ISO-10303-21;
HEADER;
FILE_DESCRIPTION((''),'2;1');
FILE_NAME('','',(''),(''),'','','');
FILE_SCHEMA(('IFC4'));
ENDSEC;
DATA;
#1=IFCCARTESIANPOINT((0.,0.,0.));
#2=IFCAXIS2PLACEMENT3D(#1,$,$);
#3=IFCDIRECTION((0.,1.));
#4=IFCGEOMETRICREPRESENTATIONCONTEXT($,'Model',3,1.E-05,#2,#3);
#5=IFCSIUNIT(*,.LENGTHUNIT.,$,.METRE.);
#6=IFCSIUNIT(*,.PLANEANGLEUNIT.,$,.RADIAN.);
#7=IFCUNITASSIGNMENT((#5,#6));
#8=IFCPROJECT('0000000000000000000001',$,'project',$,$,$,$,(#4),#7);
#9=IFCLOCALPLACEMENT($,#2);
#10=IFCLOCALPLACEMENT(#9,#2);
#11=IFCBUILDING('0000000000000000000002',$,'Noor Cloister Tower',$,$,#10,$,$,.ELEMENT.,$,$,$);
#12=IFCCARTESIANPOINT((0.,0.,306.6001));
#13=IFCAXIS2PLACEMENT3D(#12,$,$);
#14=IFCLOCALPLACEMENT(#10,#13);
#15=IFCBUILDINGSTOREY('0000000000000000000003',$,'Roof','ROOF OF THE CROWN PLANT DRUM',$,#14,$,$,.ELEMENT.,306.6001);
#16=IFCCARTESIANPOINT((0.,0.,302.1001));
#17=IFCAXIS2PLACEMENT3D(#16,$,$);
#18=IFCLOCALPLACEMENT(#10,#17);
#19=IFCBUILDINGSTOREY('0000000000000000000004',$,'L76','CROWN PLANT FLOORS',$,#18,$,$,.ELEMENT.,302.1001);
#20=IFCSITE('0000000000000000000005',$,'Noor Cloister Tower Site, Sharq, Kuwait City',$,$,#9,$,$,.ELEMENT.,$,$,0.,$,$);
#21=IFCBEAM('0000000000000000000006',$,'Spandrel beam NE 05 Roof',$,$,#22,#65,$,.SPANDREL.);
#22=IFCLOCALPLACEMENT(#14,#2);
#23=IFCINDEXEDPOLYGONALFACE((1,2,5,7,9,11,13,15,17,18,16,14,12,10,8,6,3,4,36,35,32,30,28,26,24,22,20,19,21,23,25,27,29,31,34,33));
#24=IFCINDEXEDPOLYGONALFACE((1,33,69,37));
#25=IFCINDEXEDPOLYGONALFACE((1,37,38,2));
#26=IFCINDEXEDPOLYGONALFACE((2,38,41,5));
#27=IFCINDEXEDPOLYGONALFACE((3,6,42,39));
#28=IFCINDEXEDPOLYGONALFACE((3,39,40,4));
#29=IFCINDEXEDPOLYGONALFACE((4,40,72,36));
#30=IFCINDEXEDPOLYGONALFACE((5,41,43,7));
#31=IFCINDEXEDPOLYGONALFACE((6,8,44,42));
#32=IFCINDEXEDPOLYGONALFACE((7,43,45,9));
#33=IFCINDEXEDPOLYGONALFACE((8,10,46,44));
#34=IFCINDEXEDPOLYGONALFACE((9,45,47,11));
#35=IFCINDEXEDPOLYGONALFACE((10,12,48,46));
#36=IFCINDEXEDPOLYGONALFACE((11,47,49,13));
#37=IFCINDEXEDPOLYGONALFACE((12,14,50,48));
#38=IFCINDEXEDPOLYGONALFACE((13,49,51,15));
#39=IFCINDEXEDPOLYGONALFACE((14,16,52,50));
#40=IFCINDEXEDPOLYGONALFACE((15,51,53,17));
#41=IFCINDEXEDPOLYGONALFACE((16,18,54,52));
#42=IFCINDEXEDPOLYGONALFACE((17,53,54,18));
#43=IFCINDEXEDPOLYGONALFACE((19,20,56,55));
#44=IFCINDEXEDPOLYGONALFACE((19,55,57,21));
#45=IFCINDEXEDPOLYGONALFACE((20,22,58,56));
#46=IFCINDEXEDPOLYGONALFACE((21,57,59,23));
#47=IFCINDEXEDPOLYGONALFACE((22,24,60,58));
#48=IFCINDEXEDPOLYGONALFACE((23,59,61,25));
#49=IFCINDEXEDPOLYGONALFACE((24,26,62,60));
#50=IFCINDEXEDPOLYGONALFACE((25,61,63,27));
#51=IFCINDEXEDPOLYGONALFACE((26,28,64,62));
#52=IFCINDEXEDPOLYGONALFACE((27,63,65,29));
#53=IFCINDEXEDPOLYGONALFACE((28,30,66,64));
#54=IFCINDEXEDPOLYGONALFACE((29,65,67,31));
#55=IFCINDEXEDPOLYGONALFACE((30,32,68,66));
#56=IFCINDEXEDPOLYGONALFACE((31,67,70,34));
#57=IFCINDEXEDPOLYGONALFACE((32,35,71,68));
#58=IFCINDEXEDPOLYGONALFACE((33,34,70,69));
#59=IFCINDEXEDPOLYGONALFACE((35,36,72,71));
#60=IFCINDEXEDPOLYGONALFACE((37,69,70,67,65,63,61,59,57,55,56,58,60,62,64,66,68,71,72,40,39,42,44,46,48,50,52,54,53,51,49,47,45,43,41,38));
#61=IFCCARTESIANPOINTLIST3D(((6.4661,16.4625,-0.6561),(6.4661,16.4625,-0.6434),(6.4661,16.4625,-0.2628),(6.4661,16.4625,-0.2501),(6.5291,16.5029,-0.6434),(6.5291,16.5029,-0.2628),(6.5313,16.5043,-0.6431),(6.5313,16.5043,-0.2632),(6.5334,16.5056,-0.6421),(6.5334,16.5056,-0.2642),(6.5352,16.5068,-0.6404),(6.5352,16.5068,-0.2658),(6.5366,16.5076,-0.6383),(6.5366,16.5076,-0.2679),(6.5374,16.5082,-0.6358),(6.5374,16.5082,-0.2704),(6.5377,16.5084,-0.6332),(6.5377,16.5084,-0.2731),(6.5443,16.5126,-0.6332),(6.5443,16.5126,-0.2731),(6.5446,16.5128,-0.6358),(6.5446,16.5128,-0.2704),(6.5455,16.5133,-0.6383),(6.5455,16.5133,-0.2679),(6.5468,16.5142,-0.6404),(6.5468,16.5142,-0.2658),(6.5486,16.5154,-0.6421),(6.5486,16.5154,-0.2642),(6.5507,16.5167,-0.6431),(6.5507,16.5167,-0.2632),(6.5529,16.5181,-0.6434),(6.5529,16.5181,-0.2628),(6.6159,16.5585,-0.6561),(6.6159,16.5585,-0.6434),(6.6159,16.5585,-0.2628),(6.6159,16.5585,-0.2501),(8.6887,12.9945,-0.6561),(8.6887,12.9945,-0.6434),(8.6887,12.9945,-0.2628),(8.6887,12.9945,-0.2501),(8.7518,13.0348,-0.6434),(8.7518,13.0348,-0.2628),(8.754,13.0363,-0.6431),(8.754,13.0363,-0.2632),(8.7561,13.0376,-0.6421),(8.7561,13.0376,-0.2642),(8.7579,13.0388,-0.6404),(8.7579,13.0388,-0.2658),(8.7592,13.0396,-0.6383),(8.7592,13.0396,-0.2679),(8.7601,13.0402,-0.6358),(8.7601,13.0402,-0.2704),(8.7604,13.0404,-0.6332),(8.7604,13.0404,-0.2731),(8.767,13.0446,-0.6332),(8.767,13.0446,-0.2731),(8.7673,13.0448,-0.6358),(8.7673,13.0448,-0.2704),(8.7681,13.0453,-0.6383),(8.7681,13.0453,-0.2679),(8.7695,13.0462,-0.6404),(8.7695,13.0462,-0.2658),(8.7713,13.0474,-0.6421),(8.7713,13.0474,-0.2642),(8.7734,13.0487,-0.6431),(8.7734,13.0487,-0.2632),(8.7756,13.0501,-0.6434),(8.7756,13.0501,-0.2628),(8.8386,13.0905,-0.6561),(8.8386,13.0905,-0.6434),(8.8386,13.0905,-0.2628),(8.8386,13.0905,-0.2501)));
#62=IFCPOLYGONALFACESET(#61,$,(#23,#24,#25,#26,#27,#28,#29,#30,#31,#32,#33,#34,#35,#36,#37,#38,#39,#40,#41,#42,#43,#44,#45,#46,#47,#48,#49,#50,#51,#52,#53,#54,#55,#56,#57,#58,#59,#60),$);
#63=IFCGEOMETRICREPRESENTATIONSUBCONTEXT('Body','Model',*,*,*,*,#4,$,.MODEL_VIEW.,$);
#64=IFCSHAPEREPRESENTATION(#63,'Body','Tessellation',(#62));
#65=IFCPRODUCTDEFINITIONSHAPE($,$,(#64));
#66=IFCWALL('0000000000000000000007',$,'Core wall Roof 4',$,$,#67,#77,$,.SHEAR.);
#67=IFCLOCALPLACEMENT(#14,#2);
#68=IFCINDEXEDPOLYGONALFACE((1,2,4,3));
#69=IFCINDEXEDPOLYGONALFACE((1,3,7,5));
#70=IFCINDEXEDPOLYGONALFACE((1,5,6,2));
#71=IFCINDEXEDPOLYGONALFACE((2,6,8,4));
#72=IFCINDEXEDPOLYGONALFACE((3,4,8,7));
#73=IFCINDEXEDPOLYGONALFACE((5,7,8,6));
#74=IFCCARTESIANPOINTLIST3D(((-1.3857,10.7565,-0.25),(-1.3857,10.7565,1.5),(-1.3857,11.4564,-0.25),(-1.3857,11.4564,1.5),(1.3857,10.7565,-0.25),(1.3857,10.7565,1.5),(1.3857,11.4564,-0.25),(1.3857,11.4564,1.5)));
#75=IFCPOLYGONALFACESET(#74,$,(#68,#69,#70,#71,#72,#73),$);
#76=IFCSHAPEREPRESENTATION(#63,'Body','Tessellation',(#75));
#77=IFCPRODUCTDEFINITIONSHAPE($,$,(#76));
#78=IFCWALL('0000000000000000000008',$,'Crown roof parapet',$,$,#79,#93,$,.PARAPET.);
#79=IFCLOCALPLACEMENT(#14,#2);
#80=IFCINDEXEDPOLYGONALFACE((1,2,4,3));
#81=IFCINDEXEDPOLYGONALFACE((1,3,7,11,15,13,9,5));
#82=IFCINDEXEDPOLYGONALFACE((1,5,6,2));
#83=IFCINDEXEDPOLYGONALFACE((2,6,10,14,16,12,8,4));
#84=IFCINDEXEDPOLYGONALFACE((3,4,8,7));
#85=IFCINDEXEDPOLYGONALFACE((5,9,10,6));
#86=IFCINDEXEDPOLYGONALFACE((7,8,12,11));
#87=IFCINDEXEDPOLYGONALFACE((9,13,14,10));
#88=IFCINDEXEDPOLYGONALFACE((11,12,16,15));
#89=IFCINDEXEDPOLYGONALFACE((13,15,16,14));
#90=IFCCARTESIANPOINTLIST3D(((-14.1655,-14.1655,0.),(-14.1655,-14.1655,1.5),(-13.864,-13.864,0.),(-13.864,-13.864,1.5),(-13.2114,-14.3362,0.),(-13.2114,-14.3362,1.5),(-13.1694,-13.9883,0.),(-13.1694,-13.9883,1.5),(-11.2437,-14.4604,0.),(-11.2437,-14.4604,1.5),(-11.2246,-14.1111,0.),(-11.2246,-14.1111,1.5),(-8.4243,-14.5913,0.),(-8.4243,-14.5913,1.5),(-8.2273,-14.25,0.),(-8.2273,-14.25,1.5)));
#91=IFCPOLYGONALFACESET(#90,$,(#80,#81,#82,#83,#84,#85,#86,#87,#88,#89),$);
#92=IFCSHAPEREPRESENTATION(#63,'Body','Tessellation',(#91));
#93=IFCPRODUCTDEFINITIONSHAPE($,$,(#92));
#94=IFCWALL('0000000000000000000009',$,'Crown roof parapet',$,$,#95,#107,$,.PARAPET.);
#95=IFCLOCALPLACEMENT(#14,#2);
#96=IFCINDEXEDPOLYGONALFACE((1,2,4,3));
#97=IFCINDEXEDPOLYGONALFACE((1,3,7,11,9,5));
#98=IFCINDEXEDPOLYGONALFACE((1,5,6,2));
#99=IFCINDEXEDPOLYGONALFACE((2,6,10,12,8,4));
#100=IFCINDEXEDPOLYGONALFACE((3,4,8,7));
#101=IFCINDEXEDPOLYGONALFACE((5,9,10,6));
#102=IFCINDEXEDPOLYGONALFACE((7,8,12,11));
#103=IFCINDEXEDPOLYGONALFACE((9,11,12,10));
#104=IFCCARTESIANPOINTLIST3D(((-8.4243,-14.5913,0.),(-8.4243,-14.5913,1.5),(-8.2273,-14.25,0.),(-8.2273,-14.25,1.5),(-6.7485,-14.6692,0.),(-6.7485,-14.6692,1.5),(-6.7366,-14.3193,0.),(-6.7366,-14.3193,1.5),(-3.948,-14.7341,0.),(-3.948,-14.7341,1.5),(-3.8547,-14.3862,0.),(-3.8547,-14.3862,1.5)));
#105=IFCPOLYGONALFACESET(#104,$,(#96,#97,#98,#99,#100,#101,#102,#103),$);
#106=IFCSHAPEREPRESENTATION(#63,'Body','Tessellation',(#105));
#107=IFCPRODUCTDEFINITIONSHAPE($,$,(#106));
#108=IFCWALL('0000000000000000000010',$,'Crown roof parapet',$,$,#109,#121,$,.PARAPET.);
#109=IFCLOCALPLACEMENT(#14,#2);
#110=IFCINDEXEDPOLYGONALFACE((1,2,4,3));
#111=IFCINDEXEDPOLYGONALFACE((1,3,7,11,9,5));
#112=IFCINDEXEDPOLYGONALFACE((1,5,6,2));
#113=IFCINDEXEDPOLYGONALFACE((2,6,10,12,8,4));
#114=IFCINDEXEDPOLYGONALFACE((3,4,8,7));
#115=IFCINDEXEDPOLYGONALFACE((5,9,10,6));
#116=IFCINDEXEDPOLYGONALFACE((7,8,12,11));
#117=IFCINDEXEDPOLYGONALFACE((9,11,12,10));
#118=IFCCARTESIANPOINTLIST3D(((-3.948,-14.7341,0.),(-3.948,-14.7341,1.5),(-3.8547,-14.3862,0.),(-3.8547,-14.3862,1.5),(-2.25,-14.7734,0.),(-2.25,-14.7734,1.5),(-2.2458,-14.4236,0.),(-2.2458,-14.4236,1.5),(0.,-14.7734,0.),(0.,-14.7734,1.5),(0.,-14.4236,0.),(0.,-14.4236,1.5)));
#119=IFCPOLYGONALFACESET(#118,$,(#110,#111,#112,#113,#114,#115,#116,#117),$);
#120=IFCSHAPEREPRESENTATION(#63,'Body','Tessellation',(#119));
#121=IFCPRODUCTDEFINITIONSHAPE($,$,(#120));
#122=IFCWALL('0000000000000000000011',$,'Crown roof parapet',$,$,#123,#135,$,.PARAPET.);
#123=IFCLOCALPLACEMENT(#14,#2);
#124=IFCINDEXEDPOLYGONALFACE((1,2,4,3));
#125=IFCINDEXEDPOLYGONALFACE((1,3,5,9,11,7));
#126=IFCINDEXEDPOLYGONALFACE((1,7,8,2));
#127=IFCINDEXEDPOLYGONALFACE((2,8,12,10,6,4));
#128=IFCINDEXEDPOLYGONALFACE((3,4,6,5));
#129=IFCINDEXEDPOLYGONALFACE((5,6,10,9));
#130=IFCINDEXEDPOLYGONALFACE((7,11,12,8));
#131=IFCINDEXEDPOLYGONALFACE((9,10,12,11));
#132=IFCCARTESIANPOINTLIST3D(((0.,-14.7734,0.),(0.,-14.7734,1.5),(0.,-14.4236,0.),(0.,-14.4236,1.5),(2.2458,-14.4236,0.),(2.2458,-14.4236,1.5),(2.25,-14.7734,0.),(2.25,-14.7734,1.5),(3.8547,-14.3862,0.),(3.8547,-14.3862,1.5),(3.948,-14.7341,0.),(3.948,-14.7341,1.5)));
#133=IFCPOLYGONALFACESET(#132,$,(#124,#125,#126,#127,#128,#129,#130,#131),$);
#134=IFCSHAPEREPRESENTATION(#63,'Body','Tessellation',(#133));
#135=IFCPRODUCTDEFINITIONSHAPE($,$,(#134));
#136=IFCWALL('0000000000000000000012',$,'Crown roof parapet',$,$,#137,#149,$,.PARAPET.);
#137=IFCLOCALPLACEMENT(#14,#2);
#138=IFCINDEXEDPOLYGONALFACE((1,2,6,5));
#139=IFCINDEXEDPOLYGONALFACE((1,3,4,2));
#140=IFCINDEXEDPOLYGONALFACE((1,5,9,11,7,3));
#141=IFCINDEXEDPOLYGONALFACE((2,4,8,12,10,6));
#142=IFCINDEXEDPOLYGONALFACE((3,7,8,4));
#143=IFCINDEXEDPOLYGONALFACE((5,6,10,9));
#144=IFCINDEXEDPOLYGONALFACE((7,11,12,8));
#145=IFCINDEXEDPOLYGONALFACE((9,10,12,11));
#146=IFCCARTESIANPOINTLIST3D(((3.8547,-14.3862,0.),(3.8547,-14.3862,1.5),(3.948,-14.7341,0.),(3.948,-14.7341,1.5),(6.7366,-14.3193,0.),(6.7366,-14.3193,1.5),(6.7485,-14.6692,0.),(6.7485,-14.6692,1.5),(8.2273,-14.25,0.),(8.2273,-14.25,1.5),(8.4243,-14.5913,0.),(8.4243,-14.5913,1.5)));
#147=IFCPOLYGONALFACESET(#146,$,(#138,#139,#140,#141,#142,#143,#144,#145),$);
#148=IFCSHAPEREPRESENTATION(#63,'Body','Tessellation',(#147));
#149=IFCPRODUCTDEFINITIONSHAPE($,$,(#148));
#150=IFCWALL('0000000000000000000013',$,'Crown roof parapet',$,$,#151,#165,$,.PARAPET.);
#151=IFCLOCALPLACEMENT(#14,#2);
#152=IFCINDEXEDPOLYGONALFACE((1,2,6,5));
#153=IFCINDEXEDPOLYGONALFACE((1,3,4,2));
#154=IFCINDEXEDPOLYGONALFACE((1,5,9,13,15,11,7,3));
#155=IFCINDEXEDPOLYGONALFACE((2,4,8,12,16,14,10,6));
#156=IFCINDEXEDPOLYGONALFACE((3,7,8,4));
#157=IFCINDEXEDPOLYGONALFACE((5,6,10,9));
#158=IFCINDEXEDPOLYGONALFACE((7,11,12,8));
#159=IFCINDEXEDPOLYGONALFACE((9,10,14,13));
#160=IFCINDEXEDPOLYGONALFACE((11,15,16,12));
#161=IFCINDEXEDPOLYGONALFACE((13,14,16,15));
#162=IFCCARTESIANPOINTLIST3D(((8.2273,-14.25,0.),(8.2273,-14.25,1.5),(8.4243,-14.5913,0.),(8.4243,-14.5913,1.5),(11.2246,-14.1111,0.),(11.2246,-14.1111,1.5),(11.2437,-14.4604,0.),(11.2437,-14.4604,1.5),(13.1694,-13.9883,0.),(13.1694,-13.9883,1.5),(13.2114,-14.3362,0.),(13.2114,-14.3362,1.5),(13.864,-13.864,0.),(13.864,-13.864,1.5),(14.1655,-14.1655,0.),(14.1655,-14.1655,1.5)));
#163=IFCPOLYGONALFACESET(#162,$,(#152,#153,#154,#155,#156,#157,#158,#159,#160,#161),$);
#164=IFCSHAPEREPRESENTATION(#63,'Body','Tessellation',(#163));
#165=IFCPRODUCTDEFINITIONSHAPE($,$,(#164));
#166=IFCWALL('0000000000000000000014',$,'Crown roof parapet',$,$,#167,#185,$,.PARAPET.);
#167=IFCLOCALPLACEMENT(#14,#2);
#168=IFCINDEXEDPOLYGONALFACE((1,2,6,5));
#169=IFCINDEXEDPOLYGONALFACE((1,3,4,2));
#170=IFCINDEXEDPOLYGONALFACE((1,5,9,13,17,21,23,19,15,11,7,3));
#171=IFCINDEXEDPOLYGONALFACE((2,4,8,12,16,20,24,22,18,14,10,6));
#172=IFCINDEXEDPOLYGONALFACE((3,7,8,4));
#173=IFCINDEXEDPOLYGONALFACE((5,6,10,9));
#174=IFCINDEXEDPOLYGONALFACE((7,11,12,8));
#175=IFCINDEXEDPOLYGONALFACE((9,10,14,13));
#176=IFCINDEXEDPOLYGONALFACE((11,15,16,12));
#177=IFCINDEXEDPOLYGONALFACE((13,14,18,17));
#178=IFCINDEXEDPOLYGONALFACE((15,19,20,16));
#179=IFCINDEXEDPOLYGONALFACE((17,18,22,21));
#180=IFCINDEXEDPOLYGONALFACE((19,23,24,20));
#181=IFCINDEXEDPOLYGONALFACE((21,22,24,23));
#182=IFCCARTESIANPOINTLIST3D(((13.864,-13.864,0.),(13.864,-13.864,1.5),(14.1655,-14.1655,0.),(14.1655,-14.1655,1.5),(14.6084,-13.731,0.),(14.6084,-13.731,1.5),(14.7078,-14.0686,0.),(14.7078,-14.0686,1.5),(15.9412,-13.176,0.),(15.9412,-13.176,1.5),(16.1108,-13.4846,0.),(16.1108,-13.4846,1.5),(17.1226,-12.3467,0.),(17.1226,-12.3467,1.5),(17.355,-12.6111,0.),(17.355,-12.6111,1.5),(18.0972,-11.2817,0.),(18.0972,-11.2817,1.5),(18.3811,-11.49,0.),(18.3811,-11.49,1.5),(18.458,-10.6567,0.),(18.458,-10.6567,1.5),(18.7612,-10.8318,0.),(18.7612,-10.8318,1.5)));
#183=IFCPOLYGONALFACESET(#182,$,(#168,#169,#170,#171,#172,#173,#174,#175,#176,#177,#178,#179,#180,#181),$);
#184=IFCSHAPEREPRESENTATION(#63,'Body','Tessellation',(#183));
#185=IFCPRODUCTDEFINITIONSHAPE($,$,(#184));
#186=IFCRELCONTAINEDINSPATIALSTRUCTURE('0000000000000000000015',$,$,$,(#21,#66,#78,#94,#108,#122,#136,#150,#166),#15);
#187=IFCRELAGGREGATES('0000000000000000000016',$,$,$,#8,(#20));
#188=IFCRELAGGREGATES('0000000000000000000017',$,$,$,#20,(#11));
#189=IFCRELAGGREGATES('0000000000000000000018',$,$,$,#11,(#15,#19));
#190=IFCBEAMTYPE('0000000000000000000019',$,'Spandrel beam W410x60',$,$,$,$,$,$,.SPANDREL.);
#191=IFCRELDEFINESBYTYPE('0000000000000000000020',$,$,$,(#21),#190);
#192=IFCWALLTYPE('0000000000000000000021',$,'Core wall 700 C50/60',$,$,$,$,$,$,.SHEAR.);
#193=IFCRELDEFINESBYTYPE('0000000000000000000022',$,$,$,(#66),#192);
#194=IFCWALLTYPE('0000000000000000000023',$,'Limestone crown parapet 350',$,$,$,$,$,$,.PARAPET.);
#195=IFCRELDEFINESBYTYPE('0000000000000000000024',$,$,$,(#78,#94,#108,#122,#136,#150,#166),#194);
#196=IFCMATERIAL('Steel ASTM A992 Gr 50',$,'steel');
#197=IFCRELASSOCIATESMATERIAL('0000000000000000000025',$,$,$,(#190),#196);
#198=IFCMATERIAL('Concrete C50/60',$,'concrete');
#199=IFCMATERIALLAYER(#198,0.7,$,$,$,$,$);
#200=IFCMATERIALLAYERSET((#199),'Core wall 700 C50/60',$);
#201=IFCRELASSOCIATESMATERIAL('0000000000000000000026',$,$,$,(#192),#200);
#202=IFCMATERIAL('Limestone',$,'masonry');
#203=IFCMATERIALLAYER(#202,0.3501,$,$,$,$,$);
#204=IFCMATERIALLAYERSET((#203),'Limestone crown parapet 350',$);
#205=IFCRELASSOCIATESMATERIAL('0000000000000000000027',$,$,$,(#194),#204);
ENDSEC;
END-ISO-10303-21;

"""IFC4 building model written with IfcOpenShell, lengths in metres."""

from ifc_helpers import new_model, si_unit, direction, frame, frame_2d, origin, origin_2d, place, context, subcontext, project, spatial, polyline, rectangle, i_section, outline, extrude, material, layer, layer_set, material_profile, profile_set, type_object, element, save


model = new_model("IFC4")

# Units and contexts
model_context = context("Model", 3, precision=1e-05, world=origin(), true_north=direction((0.0, 1.0)))
body_context = subcontext(model_context, "Body", "Model", "MODEL_VIEW")
ifc_project = project(units=[si_unit("LENGTHUNIT", "METRE"), si_unit("PLANEANGLEUNIT", "RADIAN")], contexts=[model_context])

# Site, building, storey
site_placement = place(None, origin())
site = spatial("IfcSite", under=ifc_project, at=site_placement, Name="Noor Cloister Tower Site, Sharq, Kuwait City", CompositionType="ELEMENT", RefElevation=0.0)
building_placement = place(site_placement, origin())
building = spatial("IfcBuilding", under=site, at=building_placement, Name="Noor Cloister Tower", CompositionType="ELEMENT")
storey_1_placement = place(building_placement, frame((0.0, 0.0, 306.6001)))
storey_1 = spatial("IfcBuildingStorey", under=building, at=storey_1_placement, Name="Roof", Description="ROOF OF THE CROWN PLANT DRUM", CompositionType="ELEMENT", Elevation=306.6001)

# Beam
ifc_material_1 = material(Name="Steel ASTM A992 Gr 50", Category="steel")
ifc_material_profile_1 = material_profile(ifc_material_1, i_section(OverallWidth=0.178, OverallDepth=0.406, WebThickness=0.0078, FlangeThickness=0.0127, FilletRadius=0.0103, at=origin_2d()), Name="W410x60")
ifc_profile_set_1 = profile_set([ifc_material_profile_1], Name="Steel ASTM A992 Gr 50")
beam_type_1 = type_object("IfcBeamType", Name="Spandrel beam W410x60", PredefinedType="SPANDREL", material=ifc_profile_set_1)
for number, where, z_axis, x_axis, name in (
    (1, (8.7637, 13.0425, -0.4531), (-0.539592, 0.841927, 0.0), (-0.841927, -0.539592, 0.0), "Spandrel beam NE 05 Roof"),
):
    element("IfcBeam", number, at=place(storey_1_placement, frame(where, z_axis=z_axis, x_axis=x_axis)), inside=storey_1, type_object=beam_type_1, Name=name, PredefinedType="SPANDREL", context=body_context, shape_type="SweptSolid", body=[
        extrude(i_section(OverallWidth=0.178, OverallDepth=0.406, WebThickness=0.0078, FlangeThickness=0.0127, FilletRadius=0.0103, at=origin_2d()), origin(), (0.0, 0.0, 1.0), 4.1191),
    ])

# Walls
ifc_material_2 = material(Name="Concrete C50/60", Category="concrete")
ifc_layer_1 = layer(ifc_material_2, 0.7)
ifc_layer_set_1 = layer_set([ifc_layer_1], Name="Core wall 700 C50/60")
wall_type_1 = type_object("IfcWallType", Name="Core wall 700 C50/60", PredefinedType="SHEAR", material=ifc_layer_set_1)
wall_1_placement = place(storey_1_placement, frame((1.3857, 11.1064, -0.25), z_axis=(0.0, 0.0, 1.0), x_axis=(-1.0, 0.0, 0.0)))
element("IfcWall", 2, at=wall_1_placement, inside=storey_1, type_object=wall_type_1, Name="Core wall Roof 4", PredefinedType="SHEAR", context=body_context, shape_type="SweptSolid", body=[
    extrude(rectangle(XDim=2.7715, YDim=0.7, at=frame_2d((1.3857, 0.0))), origin(), (0.0, 0.0, 1.0), 1.75),
])
ifc_material_3 = material(Name="Limestone", Category="masonry")
ifc_layer_2 = layer(ifc_material_3, 0.3501)
ifc_layer_set_2 = layer_set([ifc_layer_2], Name="Limestone crown parapet 350")
wall_type_2 = type_object("IfcWallType", Name="Limestone crown parapet 350", PredefinedType="PARAPET", material=ifc_layer_set_2)
wall_2_placement = place(storey_1_placement, origin())
element("IfcWall", 3, at=wall_2_placement, inside=storey_1, type_object=wall_type_2, Name="Crown roof parapet", PredefinedType="PARAPET", context=body_context, shape_type="SweptSolid", body=[
    extrude(outline(polyline([(-8.4243, -14.5913), (-8.2273, -14.25), (-11.2246, -14.1111), (-13.1694, -13.9883), (-13.864, -13.864), (-14.1655, -14.1655), (-13.2114, -14.3362), (-11.2437, -14.4604), (-8.4243, -14.5913)])), origin(), (0.0, 0.0, 1.0), 1.5),
])
wall_3_placement = place(storey_1_placement, origin())
element("IfcWall", 4, at=wall_3_placement, inside=storey_1, type_object=wall_type_2, Name="Crown roof parapet", PredefinedType="PARAPET", context=body_context, shape_type="SweptSolid", body=[
    extrude(outline(polyline([(-3.948, -14.7341), (-3.8547, -14.3862), (-6.7366, -14.3193), (-8.2273, -14.25), (-8.4243, -14.5913), (-6.7485, -14.6692), (-3.948, -14.7341)])), origin(), (0.0, 0.0, 1.0), 1.5),
])
wall_4_placement = place(storey_1_placement, origin())
element("IfcWall", 5, at=wall_4_placement, inside=storey_1, type_object=wall_type_2, Name="Crown roof parapet", PredefinedType="PARAPET", context=body_context, shape_type="SweptSolid", body=[
    extrude(outline(polyline([(0.0, -14.7734), (0.0, -14.4236), (-2.2458, -14.4236), (-3.8547, -14.3862), (-3.948, -14.7341), (-2.25, -14.7734), (0.0, -14.7734)])), origin(), (0.0, 0.0, 1.0), 1.5),
])
wall_5_placement = place(storey_1_placement, origin())
element("IfcWall", 6, at=wall_5_placement, inside=storey_1, type_object=wall_type_2, Name="Crown roof parapet", PredefinedType="PARAPET", context=body_context, shape_type="SweptSolid", body=[
    extrude(outline(polyline([(3.948, -14.7341), (3.8547, -14.3862), (2.2458, -14.4236), (0.0, -14.4236), (0.0, -14.7734), (2.25, -14.7734), (3.948, -14.7341)])), origin(), (0.0, 0.0, 1.0), 1.5),
])
wall_6_placement = place(storey_1_placement, origin())
element("IfcWall", 7, at=wall_6_placement, inside=storey_1, type_object=wall_type_2, Name="Crown roof parapet", PredefinedType="PARAPET", context=body_context, shape_type="SweptSolid", body=[
    extrude(outline(polyline([(8.4243, -14.5913), (8.2273, -14.25), (6.7366, -14.3193), (3.8547, -14.3862), (3.948, -14.7341), (6.7485, -14.6692), (8.4243, -14.5913)])), origin(), (0.0, 0.0, 1.0), 1.5),
])
wall_7_placement = place(storey_1_placement, origin())
element("IfcWall", 8, at=wall_7_placement, inside=storey_1, type_object=wall_type_2, Name="Crown roof parapet", PredefinedType="PARAPET", context=body_context, shape_type="SweptSolid", body=[
    extrude(outline(polyline([(14.1655, -14.1655), (13.864, -13.864), (13.1694, -13.9883), (11.2246, -14.1111), (8.2273, -14.25), (8.4243, -14.5913), (11.2437, -14.4604), (13.2114, -14.3362), (14.1655, -14.1655)])), origin(), (0.0, 0.0, 1.0), 1.5),
])
wall_8_placement = place(storey_1_placement, origin())
element("IfcWall", 9, at=wall_8_placement, inside=storey_1, type_object=wall_type_2, Name="Crown roof parapet", PredefinedType="PARAPET", context=body_context, shape_type="SweptSolid", body=[
    extrude(outline(polyline([(18.7612, -10.8318), (18.458, -10.6567), (18.0972, -11.2817), (17.1226, -12.3467), (15.9412, -13.176), (14.6084, -13.731), (13.864, -13.864), (14.1655, -14.1655), (14.7078, -14.0686), (16.1108, -13.4846), (17.355, -12.6111), (18.3811, -11.49), (18.7612, -10.8318)])), origin(), (0.0, 0.0, 1.0), 1.5),
])

# Shared definitions
storey_2_placement = place(building_placement, frame((0.0, 0.0, 302.1001)))
storey_2 = spatial("IfcBuildingStorey", under=building, at=storey_2_placement, Name="L76", Description="CROWN PLANT FLOORS", CompositionType="ELEMENT", Elevation=302.1001)

save(model, "model.ifc")
